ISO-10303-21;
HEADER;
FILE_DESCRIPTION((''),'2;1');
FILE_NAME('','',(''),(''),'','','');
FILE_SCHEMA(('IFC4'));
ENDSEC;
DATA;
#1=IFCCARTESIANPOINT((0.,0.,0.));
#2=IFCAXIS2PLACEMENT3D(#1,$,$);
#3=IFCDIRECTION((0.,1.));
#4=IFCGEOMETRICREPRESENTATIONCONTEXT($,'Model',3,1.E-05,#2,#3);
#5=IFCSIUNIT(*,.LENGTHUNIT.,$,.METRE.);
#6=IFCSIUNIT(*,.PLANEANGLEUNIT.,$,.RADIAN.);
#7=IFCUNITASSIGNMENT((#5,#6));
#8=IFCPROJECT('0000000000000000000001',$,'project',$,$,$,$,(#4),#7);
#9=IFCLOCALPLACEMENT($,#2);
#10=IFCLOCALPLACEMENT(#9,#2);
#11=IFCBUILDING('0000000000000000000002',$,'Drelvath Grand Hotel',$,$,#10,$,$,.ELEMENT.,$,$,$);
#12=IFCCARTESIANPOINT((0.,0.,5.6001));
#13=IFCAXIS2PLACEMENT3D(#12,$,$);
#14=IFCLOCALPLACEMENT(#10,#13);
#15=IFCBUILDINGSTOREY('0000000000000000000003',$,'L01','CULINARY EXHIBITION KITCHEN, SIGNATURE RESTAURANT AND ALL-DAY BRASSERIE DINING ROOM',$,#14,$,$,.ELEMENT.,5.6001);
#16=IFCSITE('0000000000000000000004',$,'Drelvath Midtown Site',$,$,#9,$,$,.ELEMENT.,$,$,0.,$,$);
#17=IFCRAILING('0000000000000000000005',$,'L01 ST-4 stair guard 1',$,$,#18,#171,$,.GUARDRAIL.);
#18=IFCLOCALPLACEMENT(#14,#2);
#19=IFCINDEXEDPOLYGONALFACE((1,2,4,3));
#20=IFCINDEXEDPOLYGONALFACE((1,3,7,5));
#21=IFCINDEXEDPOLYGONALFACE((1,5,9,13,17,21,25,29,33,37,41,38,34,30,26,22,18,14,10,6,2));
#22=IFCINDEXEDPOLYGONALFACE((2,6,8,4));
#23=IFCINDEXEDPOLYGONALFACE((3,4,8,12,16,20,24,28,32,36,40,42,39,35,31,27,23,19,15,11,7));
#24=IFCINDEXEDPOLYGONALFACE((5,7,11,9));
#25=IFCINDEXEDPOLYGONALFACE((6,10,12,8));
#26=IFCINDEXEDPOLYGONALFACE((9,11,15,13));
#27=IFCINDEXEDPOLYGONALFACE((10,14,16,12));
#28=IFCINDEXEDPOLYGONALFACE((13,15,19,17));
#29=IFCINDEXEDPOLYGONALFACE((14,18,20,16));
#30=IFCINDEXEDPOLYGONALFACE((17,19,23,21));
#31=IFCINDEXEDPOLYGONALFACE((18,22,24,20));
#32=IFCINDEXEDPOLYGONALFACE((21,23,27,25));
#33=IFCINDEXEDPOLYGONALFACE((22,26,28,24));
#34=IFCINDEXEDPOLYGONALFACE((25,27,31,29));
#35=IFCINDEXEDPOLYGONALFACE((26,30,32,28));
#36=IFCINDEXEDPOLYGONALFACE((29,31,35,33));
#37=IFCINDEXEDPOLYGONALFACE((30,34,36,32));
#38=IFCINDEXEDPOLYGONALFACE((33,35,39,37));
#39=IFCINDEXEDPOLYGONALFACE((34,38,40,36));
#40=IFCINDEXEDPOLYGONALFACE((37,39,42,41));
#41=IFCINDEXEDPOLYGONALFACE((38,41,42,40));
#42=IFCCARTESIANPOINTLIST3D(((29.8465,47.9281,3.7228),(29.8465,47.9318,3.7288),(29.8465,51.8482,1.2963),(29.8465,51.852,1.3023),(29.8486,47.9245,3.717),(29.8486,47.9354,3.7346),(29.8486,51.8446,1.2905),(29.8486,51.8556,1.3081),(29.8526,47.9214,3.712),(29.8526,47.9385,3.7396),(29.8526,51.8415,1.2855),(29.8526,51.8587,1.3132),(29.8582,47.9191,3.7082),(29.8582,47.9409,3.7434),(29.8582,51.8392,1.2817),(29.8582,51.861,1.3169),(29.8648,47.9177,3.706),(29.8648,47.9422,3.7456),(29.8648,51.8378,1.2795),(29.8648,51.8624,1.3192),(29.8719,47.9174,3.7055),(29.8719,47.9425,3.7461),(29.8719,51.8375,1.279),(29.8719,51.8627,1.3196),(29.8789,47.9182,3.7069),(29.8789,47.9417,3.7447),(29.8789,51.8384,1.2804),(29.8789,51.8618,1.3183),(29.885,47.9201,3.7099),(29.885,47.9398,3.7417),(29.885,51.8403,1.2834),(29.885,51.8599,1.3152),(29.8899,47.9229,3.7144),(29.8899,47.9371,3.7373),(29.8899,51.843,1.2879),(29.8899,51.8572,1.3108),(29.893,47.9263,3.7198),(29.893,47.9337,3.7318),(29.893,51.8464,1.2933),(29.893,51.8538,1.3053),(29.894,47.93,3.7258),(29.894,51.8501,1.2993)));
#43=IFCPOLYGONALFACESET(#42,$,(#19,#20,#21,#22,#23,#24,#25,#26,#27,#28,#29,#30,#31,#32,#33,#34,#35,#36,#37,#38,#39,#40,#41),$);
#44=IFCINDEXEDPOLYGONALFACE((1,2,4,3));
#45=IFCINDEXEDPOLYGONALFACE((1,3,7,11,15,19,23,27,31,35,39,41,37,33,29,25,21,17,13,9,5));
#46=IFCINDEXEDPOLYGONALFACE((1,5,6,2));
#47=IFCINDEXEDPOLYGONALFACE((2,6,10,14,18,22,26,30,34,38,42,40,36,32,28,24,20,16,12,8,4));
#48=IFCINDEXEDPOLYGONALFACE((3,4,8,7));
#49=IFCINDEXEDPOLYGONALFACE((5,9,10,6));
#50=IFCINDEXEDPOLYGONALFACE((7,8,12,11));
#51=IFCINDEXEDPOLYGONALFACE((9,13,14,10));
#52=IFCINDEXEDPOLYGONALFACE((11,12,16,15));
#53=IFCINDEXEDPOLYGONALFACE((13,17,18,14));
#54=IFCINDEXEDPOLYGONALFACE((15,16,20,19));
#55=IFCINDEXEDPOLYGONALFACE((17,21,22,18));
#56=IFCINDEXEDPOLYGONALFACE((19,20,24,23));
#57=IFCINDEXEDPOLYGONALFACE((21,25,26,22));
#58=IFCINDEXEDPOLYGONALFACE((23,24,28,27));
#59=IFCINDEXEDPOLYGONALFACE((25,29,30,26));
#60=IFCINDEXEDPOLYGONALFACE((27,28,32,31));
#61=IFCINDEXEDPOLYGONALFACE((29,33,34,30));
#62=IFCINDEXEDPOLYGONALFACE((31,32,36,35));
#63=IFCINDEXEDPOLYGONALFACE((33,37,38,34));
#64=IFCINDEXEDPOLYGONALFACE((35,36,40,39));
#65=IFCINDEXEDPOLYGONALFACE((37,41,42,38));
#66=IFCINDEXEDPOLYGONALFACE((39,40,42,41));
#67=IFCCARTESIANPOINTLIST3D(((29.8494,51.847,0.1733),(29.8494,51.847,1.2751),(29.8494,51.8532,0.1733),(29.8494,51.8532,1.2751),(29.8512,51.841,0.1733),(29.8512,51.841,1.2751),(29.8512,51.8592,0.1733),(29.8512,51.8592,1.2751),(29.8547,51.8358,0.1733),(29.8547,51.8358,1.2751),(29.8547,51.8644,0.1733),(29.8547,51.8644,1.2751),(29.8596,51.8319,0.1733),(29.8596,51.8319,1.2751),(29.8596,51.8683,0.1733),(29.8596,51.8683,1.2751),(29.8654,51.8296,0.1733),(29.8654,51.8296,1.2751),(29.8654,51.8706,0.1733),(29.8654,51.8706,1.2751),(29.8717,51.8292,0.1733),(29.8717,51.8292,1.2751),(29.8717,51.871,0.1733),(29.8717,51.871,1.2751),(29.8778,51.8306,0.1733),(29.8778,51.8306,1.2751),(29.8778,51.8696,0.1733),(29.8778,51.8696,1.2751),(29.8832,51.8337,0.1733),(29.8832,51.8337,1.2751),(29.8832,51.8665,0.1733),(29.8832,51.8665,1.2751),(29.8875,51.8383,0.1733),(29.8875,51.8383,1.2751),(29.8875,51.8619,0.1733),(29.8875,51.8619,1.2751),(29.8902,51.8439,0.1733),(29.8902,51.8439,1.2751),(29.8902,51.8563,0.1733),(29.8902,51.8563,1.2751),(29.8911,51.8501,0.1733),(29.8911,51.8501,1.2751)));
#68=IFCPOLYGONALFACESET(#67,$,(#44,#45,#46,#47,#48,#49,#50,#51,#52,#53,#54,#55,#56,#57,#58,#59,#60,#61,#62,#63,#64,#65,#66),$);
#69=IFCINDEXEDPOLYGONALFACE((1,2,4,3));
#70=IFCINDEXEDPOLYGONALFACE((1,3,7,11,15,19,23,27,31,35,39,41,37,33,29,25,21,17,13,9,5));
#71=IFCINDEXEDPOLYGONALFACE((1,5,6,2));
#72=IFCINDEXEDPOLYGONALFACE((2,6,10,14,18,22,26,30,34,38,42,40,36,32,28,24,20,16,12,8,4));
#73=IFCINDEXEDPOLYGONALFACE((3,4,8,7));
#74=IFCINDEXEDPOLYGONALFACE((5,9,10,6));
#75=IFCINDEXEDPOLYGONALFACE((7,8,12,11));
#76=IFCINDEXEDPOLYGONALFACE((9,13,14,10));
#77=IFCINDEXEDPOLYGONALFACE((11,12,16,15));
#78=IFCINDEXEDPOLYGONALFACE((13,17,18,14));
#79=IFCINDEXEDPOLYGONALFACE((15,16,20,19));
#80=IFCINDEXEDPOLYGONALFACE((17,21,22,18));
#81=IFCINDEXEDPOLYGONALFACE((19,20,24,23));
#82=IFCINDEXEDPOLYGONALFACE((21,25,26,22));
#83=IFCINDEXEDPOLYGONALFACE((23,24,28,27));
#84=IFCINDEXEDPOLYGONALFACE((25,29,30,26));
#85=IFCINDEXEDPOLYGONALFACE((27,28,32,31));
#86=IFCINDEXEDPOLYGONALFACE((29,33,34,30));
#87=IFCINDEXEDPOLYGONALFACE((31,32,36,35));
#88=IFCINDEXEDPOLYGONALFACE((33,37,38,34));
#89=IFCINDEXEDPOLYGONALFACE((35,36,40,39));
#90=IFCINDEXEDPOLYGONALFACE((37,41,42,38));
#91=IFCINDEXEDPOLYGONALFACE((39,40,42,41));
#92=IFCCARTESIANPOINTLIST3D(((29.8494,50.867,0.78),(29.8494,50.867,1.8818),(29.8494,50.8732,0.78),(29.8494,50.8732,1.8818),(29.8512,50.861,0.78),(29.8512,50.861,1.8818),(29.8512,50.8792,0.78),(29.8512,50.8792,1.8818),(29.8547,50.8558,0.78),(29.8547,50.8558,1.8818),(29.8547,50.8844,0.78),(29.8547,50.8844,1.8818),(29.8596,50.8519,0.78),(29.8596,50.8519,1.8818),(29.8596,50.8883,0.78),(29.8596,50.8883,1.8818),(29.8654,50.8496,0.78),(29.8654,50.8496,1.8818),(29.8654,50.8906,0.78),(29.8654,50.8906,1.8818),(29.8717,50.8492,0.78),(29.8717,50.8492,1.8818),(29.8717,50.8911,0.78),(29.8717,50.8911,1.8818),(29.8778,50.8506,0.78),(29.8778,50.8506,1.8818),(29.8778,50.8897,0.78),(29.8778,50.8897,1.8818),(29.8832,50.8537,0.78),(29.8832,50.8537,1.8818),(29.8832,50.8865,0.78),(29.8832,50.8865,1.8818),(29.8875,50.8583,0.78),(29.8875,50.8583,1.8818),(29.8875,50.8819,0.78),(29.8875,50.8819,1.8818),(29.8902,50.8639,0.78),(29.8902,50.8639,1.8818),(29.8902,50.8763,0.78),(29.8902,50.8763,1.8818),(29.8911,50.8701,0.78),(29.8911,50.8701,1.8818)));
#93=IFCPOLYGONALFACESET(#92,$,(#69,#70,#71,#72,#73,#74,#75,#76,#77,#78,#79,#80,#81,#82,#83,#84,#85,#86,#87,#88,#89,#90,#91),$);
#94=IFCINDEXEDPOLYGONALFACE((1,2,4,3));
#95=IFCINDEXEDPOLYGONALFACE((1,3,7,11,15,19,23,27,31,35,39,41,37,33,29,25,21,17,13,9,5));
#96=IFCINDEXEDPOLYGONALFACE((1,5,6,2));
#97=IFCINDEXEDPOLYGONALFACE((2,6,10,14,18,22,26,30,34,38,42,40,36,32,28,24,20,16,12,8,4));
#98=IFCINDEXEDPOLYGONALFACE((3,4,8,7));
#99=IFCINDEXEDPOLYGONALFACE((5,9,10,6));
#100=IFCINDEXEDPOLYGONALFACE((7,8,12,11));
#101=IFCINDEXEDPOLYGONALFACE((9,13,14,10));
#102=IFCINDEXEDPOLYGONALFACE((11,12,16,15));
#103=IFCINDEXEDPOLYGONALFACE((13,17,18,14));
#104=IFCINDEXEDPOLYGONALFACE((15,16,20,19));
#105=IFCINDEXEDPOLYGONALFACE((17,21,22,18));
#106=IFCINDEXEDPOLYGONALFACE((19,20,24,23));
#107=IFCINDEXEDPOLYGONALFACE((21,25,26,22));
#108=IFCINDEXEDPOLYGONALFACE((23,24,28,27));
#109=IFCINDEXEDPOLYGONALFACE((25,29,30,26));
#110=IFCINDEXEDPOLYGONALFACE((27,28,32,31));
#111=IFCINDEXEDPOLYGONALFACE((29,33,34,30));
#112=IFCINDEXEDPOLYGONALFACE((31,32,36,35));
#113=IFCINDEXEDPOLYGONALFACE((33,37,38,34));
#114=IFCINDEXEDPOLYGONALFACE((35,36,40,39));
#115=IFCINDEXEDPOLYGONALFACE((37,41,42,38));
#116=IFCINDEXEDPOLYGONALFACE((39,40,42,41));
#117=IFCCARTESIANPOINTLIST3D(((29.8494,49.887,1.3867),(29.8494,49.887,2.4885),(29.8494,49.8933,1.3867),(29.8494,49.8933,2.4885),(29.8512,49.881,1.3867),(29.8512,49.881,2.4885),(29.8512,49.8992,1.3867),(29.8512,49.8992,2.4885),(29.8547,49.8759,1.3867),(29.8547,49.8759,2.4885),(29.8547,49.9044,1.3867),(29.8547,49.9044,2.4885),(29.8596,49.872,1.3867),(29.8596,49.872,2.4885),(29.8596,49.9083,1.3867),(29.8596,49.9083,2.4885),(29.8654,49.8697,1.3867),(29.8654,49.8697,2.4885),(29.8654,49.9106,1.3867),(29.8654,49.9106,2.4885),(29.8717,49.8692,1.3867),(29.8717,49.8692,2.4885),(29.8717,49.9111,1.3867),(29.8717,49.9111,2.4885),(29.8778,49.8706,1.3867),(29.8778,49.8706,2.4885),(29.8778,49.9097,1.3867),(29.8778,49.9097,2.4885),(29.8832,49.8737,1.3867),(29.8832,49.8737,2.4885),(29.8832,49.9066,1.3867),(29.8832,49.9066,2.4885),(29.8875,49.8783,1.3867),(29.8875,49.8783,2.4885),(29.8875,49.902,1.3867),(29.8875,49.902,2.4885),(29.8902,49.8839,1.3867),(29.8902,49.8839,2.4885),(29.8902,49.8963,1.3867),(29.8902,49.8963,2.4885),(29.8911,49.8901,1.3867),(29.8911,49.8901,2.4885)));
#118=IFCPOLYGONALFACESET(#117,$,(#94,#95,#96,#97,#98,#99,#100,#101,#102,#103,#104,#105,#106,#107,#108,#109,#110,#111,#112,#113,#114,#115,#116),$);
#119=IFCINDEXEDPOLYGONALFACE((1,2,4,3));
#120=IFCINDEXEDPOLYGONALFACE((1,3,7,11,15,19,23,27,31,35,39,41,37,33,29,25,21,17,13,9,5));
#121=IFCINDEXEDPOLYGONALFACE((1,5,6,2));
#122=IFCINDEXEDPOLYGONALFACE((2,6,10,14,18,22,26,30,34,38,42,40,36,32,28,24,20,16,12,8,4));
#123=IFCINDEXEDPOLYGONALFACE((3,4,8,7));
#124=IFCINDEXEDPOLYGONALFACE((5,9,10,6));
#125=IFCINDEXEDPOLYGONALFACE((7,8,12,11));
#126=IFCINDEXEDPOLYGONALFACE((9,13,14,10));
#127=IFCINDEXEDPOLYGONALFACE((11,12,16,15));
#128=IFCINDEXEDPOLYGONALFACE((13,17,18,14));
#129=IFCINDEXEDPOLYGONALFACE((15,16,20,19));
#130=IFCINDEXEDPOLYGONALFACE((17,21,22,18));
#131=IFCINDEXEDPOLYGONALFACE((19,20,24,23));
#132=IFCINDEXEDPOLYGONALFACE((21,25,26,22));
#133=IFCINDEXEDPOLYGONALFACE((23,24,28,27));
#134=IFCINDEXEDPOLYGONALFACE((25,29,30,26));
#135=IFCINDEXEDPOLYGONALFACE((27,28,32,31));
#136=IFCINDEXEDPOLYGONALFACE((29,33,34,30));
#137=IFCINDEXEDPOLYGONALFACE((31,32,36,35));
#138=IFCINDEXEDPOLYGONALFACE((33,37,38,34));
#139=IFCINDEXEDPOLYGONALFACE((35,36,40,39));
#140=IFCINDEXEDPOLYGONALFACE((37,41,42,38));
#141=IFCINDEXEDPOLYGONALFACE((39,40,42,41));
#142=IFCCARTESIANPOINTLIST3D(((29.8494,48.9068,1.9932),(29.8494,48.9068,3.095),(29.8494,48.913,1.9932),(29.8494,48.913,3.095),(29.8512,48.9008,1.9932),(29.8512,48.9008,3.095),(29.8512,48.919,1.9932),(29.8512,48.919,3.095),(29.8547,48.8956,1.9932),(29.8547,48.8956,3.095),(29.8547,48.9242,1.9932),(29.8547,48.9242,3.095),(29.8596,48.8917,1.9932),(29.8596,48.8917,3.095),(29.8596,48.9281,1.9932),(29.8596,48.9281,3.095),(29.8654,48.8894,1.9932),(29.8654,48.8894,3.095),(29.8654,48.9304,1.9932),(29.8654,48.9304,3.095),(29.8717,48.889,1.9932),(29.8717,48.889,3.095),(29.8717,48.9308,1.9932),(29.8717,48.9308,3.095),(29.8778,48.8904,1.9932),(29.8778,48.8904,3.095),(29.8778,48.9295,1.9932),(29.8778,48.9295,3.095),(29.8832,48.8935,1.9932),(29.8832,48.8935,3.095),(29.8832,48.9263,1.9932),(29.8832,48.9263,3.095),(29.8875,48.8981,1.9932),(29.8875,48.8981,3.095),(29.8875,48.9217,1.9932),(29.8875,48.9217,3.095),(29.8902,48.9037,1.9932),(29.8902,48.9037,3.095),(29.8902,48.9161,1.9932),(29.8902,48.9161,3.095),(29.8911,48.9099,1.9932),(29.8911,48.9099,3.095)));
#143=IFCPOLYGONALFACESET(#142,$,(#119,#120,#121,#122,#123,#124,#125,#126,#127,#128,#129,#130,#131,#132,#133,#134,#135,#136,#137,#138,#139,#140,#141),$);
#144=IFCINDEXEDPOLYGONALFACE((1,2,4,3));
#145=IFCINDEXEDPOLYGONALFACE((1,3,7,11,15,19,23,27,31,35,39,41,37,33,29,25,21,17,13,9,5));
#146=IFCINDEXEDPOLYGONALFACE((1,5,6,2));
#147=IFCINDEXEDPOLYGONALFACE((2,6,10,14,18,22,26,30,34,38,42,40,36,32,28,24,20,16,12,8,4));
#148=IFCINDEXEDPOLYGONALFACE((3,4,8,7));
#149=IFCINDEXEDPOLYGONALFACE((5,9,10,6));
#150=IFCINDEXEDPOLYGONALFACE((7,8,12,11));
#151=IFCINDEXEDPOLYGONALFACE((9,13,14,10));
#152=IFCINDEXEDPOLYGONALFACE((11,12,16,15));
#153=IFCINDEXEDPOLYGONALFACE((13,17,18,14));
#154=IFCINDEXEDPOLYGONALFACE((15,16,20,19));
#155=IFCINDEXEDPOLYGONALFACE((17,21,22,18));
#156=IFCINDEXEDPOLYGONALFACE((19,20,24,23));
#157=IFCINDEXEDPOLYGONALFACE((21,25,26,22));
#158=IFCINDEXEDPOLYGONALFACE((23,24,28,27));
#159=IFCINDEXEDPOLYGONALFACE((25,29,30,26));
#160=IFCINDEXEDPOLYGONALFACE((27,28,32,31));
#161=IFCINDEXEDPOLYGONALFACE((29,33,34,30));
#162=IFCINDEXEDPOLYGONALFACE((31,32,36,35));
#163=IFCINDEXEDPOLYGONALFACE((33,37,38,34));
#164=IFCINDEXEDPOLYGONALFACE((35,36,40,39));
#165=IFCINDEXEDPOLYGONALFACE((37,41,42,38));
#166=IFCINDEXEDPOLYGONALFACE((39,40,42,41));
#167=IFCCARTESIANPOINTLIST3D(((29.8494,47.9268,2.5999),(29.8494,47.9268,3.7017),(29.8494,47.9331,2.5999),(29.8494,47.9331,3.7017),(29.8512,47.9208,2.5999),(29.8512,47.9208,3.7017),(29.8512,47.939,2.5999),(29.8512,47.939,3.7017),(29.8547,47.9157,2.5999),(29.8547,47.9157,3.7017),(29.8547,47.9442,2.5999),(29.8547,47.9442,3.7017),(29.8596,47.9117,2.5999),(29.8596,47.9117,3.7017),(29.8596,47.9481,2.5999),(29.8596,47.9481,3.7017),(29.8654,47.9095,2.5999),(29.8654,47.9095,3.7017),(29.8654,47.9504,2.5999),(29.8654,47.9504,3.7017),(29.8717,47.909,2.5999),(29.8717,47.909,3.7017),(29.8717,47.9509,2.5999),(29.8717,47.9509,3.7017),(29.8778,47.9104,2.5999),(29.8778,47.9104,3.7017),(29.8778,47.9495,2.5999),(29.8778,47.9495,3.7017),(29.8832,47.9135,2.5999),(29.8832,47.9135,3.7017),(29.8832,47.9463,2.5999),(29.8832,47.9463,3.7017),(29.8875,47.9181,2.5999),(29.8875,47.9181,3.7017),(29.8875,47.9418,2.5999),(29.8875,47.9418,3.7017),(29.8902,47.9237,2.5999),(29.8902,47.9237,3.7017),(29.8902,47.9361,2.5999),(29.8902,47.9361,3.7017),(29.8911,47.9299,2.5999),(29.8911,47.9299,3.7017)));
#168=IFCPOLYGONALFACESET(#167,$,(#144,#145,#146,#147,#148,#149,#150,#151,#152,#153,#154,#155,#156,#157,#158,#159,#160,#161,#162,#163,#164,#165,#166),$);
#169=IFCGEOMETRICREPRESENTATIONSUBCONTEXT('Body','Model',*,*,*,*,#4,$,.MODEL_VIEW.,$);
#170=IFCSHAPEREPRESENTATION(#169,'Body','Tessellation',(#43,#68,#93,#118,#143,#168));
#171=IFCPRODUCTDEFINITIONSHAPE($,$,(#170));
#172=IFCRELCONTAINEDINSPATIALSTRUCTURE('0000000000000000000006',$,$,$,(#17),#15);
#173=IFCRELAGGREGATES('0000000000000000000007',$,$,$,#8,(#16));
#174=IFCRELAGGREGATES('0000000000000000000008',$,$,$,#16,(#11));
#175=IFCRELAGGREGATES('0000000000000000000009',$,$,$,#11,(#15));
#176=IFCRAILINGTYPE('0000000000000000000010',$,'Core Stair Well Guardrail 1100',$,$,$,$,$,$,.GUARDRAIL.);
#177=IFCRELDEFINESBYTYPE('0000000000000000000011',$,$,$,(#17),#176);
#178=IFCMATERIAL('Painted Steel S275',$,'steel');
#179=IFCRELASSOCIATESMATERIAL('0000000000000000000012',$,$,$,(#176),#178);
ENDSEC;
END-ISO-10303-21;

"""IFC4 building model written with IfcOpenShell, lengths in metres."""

from ifc_helpers import new_model, si_unit, direction, frame, origin, origin_2d, place, context, subcontext, project, spatial, circle, extrude, material, type_object, element, save


model = new_model("IFC4")

# Units and contexts
model_context = context("Model", 3, precision=1e-05, world=origin(), true_north=direction((0.0, 1.0)))
body_context = subcontext(model_context, "Body", "Model", "MODEL_VIEW")
ifc_project = project(units=[si_unit("LENGTHUNIT", "METRE"), si_unit("PLANEANGLEUNIT", "RADIAN")], contexts=[model_context])

# Site, building, storey
site_placement = place(None, origin())
site = spatial("IfcSite", under=ifc_project, at=site_placement, Name="Drelvath Midtown Site", CompositionType="ELEMENT", RefElevation=0.0)
building_placement = place(site_placement, origin())
building = spatial("IfcBuilding", under=site, at=building_placement, Name="Drelvath Grand Hotel", CompositionType="ELEMENT")
storey_placement = place(building_placement, frame((0.0, 0.0, 5.6001)))
storey = spatial("IfcBuildingStorey", under=building, at=storey_placement, Name="L01", Description="CULINARY EXHIBITION KITCHEN, SIGNATURE RESTAURANT AND ALL-DAY BRASSERIE DINING ROOM", CompositionType="ELEMENT", Elevation=5.6001)

# Railing
ifc_material_1 = material(Name="Painted Steel S275", Category="steel")
railing_type_1 = type_object("IfcRailingType", Name="Core Stair Well Guardrail 1100", PredefinedType="GUARDRAIL", material=ifc_material_1)
railing_1_placement = place(storey_placement, frame((29.8701, 51.8501, 0.1733)))
element("IfcRailing", 1, at=railing_1_placement, inside=storey, type_object=railing_type_1, Name="L01 ST-4 stair guard 1", PredefinedType="GUARDRAIL", context=body_context, shape_type="SweptSolid", body=[
    extrude(circle(Radius=0.0239, at=origin_2d()), frame((0.0, 0.0, 1.126), z_axis=(0.0, -0.85029, 0.526315), x_axis=(1.0, 0.0, 0.0)), (0.0, 0.0, 1.0), 4.6104),
    extrude(circle(Radius=0.021, at=origin_2d()), origin(), (0.0, 0.0, 1.0), 1.1018),
    extrude(circle(Radius=0.021, at=origin_2d()), frame((0.0, -0.98, 0.6067)), (0.0, 0.0, 1.0), 1.1018),
    extrude(circle(Radius=0.021, at=origin_2d()), frame((0.0, -1.96, 1.2134)), (0.0, 0.0, 1.0), 1.1018),
    extrude(circle(Radius=0.021, at=origin_2d()), frame((0.0, -2.9402, 1.8198)), (0.0, 0.0, 1.0), 1.1018),
    extrude(circle(Radius=0.021, at=origin_2d()), frame((0.0, -3.9202, 2.4265)), (0.0, 0.0, 1.0), 1.1018),
])

save(model, "model.ifc")
